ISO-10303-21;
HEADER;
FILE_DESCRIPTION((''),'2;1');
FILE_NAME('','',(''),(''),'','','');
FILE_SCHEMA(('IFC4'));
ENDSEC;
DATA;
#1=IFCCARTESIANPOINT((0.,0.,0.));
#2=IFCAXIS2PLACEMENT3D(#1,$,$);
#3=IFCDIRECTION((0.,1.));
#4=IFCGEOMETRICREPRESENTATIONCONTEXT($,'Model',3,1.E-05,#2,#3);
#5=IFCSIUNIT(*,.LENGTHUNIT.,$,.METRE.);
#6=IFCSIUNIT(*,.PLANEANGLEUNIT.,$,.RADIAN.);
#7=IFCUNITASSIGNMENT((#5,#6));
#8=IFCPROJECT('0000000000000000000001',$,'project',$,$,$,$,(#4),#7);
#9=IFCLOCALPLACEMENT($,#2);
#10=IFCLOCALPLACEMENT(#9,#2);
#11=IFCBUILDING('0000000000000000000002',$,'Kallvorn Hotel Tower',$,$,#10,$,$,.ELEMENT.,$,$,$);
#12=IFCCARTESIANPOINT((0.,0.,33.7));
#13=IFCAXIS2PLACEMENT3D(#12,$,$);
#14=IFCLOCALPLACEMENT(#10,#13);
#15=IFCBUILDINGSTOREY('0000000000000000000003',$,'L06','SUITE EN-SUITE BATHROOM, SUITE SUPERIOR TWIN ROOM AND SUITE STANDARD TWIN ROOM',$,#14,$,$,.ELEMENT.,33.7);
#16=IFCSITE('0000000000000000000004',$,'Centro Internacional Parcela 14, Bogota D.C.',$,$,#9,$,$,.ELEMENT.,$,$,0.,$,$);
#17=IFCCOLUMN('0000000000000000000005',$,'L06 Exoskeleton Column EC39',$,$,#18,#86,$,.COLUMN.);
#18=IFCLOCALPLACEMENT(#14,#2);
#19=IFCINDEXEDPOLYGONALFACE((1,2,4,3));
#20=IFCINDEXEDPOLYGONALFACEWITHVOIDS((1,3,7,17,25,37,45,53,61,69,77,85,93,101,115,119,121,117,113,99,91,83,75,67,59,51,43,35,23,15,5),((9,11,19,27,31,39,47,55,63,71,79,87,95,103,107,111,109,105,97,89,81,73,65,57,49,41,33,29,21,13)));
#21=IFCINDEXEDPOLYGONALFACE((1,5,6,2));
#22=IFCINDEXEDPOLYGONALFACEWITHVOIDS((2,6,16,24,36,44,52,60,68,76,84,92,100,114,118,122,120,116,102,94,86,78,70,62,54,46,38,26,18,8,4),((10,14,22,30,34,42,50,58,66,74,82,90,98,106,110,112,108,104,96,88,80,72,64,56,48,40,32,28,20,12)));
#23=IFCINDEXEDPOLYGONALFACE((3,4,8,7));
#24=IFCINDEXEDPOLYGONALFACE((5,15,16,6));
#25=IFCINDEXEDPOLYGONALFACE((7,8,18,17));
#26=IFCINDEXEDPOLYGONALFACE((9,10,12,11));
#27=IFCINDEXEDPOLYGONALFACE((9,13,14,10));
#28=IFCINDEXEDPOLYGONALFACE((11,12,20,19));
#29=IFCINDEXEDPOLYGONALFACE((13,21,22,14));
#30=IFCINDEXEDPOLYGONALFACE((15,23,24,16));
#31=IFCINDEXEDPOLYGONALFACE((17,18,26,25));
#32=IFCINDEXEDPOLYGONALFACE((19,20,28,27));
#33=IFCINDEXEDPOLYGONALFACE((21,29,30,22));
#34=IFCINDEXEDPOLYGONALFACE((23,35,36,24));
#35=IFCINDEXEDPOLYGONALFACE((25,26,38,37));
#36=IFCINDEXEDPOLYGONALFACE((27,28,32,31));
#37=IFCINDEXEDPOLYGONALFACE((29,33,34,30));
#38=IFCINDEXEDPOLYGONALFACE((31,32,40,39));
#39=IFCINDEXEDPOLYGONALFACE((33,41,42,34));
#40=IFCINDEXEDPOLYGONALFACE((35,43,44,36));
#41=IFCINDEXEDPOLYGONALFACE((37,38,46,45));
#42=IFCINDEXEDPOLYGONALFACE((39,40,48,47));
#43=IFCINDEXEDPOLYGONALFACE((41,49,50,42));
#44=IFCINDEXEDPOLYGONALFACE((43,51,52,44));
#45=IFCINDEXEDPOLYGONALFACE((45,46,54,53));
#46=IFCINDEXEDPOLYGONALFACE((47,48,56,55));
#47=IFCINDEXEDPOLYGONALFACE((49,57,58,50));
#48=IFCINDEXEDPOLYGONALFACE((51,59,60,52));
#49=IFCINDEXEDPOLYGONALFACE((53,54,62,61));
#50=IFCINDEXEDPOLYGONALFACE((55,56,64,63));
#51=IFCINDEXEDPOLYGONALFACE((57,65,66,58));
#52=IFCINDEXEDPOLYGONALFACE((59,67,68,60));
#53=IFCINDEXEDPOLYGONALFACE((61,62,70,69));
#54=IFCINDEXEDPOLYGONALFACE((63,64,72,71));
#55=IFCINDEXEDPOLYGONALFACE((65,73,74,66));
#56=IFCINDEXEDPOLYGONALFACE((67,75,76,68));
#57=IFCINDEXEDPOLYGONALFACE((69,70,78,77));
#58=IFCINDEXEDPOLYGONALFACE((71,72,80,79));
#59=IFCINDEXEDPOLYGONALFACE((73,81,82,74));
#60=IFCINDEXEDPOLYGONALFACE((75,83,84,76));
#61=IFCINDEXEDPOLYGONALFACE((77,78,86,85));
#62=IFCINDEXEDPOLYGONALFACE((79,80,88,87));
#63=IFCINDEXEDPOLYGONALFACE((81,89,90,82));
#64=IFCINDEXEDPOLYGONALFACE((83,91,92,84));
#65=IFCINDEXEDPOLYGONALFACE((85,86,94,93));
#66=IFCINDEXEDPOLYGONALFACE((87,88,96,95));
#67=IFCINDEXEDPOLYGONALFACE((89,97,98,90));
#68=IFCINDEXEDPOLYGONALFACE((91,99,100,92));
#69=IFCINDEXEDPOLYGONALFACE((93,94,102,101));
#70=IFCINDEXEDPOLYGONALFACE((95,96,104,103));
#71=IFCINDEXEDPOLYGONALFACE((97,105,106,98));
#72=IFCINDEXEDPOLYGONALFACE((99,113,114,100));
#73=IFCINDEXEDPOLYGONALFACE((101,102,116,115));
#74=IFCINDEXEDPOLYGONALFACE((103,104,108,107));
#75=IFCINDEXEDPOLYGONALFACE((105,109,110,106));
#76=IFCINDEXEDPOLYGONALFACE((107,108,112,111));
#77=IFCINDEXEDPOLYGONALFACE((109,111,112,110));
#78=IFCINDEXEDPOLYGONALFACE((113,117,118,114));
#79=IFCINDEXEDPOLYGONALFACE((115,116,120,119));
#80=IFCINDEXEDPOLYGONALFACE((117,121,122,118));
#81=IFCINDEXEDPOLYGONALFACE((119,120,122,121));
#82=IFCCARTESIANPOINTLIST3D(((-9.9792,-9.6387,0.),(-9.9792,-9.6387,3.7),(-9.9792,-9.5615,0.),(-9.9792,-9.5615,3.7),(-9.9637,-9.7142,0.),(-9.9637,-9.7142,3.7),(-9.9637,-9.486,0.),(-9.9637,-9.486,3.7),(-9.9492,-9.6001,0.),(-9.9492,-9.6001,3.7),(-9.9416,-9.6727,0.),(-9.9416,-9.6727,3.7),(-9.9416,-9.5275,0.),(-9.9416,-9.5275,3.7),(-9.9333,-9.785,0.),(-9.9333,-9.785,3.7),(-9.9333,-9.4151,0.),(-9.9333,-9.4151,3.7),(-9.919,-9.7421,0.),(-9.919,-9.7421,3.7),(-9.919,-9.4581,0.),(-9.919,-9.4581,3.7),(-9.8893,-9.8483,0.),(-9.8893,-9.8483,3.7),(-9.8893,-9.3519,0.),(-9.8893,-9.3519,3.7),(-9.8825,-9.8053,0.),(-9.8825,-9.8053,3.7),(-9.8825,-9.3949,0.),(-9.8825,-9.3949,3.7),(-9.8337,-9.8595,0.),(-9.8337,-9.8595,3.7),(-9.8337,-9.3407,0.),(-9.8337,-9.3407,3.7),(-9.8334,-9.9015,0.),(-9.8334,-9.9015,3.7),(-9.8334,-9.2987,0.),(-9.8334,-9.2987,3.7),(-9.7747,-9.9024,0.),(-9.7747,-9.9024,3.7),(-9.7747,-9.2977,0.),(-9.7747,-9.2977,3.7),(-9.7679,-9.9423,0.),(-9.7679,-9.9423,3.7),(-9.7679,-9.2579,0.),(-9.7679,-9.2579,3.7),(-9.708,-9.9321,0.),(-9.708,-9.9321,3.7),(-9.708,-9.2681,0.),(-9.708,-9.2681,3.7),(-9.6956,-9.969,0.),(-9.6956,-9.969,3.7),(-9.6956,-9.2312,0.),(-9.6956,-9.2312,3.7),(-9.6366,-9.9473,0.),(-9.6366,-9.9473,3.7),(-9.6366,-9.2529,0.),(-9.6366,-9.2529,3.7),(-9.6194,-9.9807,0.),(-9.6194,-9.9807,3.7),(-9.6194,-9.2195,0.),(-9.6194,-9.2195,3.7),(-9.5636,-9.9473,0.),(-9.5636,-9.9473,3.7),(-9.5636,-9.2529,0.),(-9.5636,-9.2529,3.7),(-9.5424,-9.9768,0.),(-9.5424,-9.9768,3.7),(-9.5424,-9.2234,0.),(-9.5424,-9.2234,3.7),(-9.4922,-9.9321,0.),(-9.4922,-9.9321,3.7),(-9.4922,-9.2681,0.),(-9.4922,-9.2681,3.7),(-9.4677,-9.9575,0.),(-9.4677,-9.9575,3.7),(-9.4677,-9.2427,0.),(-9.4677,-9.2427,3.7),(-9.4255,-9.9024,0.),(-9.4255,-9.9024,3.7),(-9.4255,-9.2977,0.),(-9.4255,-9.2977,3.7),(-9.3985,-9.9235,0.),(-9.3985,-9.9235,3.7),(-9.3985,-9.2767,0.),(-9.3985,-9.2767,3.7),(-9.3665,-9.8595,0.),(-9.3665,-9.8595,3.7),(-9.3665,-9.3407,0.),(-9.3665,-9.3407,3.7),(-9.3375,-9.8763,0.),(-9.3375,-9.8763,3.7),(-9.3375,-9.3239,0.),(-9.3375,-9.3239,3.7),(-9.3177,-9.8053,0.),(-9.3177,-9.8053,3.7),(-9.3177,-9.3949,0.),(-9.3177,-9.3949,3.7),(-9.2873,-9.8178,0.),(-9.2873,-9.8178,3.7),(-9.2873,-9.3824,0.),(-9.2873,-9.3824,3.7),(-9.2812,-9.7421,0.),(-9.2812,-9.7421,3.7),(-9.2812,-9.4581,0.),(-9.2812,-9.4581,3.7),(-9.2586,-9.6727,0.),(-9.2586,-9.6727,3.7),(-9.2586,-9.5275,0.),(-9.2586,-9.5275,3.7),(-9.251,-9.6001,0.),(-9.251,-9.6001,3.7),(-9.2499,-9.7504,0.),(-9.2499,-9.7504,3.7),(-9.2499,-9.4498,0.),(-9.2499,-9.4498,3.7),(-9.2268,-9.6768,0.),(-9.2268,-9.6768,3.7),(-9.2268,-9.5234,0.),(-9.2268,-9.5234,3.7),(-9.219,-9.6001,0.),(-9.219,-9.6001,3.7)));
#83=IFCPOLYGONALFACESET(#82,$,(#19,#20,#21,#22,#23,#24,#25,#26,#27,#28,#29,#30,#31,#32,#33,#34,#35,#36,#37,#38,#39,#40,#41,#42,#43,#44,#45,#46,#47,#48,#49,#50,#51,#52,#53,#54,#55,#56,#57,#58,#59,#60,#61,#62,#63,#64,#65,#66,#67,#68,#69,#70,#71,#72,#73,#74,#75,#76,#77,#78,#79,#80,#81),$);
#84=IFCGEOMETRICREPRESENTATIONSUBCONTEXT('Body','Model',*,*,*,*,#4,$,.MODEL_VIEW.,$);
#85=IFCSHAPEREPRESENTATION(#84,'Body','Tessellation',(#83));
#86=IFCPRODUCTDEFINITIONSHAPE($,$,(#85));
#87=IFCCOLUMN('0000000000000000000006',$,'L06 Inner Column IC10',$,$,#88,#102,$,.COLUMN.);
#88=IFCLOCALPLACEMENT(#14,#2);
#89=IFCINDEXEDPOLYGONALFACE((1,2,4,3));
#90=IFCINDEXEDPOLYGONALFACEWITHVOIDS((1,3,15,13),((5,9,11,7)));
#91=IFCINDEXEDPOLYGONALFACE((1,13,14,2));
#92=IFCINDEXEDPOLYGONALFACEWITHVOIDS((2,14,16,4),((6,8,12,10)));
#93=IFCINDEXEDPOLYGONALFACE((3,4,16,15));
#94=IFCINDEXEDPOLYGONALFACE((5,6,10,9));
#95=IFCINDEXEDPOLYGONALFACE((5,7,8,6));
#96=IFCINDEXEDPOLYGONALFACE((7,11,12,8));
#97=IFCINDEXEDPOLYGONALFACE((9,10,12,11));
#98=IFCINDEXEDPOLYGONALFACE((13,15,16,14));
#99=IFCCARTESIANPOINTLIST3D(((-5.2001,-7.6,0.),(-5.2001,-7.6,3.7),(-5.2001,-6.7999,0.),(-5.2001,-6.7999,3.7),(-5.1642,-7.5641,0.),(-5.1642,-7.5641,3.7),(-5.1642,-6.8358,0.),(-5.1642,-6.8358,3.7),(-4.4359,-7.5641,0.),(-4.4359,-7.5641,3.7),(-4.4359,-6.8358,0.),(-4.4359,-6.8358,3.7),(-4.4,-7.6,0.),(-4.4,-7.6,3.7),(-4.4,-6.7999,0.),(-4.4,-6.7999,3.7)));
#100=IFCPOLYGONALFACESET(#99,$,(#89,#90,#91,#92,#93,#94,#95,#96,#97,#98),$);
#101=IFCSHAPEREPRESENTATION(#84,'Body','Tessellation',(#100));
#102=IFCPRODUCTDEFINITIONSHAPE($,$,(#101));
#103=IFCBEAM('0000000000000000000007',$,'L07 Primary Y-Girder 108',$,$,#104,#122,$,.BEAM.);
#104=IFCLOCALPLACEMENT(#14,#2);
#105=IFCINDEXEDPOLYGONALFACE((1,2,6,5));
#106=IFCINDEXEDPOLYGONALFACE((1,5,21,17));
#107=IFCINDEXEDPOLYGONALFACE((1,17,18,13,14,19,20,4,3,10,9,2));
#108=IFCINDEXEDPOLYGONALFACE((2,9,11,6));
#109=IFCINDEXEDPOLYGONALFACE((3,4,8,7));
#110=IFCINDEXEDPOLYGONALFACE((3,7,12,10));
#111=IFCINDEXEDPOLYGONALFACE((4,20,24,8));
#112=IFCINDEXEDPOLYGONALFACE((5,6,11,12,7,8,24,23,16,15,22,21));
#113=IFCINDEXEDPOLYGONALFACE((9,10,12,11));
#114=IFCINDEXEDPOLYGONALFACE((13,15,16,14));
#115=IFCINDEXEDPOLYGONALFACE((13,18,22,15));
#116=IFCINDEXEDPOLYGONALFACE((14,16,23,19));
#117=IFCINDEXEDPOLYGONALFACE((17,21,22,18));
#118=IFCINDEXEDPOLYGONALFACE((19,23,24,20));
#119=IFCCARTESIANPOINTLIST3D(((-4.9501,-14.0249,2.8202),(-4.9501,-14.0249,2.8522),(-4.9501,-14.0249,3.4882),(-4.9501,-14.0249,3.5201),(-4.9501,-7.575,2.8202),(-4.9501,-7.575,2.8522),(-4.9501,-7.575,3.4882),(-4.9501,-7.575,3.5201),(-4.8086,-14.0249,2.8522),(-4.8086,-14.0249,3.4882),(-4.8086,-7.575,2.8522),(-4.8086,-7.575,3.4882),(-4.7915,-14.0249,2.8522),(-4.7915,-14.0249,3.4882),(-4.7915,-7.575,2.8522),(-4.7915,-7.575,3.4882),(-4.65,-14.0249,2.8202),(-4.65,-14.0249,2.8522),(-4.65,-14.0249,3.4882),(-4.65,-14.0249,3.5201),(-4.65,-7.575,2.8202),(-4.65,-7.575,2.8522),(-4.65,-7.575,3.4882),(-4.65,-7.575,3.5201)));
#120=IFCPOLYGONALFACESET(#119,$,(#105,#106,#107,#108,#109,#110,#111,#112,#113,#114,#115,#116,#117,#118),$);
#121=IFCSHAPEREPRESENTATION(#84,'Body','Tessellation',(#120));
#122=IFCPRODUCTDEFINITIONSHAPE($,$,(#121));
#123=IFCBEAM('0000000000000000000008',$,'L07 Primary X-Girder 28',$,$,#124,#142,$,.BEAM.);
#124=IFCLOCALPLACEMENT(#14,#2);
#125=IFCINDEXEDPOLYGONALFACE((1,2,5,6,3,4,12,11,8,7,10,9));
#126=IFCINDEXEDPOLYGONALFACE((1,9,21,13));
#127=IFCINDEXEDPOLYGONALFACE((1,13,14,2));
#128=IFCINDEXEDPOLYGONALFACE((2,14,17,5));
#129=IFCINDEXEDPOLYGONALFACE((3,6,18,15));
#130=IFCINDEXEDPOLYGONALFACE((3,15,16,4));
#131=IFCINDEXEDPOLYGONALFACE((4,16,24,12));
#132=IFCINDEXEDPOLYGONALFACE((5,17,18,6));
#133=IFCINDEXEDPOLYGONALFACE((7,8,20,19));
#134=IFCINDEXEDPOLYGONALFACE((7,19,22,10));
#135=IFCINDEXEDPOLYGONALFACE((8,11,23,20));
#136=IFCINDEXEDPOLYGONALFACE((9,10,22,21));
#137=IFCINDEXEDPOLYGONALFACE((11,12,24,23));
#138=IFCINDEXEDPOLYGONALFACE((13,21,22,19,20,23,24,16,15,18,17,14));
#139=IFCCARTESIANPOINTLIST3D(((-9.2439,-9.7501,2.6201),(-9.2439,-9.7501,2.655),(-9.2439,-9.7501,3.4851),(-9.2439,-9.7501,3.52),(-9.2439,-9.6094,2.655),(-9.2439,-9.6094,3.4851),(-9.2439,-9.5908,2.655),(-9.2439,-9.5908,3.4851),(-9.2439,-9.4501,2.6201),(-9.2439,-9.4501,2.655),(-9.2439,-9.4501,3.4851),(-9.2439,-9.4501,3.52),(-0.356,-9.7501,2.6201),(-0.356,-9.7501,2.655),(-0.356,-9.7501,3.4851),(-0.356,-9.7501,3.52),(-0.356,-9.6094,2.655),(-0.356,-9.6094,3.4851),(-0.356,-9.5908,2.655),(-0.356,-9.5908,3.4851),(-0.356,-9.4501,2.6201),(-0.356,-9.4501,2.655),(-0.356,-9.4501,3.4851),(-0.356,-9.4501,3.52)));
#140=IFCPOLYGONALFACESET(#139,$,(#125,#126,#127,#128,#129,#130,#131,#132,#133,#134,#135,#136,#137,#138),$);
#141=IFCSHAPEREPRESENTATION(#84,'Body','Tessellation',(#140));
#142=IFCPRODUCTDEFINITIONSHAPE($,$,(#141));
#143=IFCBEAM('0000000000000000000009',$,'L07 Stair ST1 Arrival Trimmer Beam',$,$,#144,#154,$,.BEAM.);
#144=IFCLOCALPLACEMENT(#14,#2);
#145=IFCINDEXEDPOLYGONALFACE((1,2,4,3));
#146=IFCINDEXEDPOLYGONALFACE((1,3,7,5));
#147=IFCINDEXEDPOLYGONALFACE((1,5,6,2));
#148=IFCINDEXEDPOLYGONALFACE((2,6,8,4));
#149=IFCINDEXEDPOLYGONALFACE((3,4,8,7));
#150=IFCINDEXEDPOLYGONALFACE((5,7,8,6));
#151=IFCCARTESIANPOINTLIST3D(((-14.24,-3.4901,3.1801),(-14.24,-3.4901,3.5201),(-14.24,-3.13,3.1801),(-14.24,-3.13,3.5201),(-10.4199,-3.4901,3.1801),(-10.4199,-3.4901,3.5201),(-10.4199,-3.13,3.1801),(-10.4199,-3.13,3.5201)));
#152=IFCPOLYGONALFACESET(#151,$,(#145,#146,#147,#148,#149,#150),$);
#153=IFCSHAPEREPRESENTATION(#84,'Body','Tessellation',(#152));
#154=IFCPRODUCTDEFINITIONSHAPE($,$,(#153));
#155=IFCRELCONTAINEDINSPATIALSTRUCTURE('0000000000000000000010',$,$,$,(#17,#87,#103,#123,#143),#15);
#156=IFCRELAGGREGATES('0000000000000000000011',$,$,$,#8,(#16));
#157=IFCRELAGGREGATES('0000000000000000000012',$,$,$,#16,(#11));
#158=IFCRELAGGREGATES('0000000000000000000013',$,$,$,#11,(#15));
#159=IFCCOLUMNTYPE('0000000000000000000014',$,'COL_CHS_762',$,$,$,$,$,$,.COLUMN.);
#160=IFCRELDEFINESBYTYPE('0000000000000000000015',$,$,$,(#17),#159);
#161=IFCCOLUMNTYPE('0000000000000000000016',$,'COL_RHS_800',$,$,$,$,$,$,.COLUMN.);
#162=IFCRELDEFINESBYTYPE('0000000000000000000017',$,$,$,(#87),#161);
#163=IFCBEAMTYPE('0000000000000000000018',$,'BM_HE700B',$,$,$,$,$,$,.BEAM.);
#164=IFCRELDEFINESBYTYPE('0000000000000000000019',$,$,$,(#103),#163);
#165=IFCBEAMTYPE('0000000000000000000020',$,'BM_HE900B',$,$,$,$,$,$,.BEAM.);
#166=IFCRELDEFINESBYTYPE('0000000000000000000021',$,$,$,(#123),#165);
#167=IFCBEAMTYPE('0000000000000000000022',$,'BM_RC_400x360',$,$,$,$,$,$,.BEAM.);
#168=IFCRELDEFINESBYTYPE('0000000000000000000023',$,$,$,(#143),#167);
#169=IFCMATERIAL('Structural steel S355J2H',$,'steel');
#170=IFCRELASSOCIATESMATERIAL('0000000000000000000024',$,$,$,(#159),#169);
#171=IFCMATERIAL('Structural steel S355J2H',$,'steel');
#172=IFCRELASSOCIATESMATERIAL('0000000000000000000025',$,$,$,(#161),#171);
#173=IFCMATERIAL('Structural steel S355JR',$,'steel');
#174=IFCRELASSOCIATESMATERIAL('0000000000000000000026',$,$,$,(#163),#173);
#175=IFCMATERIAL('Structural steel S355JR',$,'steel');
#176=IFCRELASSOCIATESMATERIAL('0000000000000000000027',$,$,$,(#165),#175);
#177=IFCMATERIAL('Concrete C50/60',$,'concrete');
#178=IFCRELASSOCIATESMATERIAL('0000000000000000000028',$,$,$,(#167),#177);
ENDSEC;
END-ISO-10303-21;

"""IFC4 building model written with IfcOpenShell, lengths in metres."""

from ifc_helpers import new_model, si_unit, direction, frame, origin, origin_2d, place, context, subcontext, project, spatial, rectangle, hollow_rectangle, hollow_circle, i_section, extrude, material, material_profile, profile_set, type_object, element, save


model = new_model("IFC4")

# Units and contexts
model_context = context("Model", 3, precision=1e-05, world=origin(), true_north=direction((0.0, 1.0)))
body_context = subcontext(model_context, "Body", "Model", "MODEL_VIEW")
ifc_project = project(units=[si_unit("LENGTHUNIT", "METRE"), si_unit("PLANEANGLEUNIT", "RADIAN")], contexts=[model_context])

# Site, building, storey
site_placement = place(None, origin())
site = spatial("IfcSite", under=ifc_project, at=site_placement, Name="Centro Internacional Parcela 14, Bogota D.C.", CompositionType="ELEMENT", RefElevation=0.0)
building_placement = place(site_placement, origin())
building = spatial("IfcBuilding", under=site, at=building_placement, Name="Kallvorn Hotel Tower", CompositionType="ELEMENT")
storey_placement = place(building_placement, frame((0.0, 0.0, 33.7)))
storey = spatial("IfcBuildingStorey", under=building, at=storey_placement, Name="L06", Description="SUITE EN-SUITE BATHROOM, SUITE SUPERIOR TWIN ROOM AND SUITE STANDARD TWIN ROOM", CompositionType="ELEMENT", Elevation=33.7)

# Columns
ifc_material_1 = material(Name="Structural steel S355J2H", Category="steel")
ifc_material_profile_1 = material_profile(ifc_material_1, hollow_circle(Radius=0.3811, WallThickness=0.032, at=origin_2d()), Name="CHS 762x32")
ifc_profile_set_1 = profile_set([ifc_material_profile_1], Name="Structural steel S355J2H")
column_type_1 = type_object("IfcColumnType", Name="COL_CHS_762", PredefinedType="COLUMN", material=ifc_profile_set_1)
column_1_placement = place(storey_placement, frame((-9.6001, -9.6001, 0.0), z_axis=(0.0, 0.0, 1.0), x_axis=(1.0, 0.0, 0.0)))
element("IfcColumn", 1, at=column_1_placement, inside=storey, type_object=column_type_1, Name="L06 Exoskeleton Column EC39", PredefinedType="COLUMN", context=body_context, shape_type="SweptSolid", body=[
    extrude(hollow_circle(Radius=0.3811, WallThickness=0.032, at=origin_2d()), origin(), (0.0, 0.0, 1.0), 3.7),
])
ifc_material_2 = material(Name="Structural steel S355J2H", Category="steel")
ifc_material_profile_2 = material_profile(ifc_material_2, hollow_rectangle(XDim=0.8, YDim=0.8, WallThickness=0.0359, at=origin_2d()), Name="RHS 800x800x36")
ifc_profile_set_2 = profile_set([ifc_material_profile_2], Name="Structural steel S355J2H")
column_type_2 = type_object("IfcColumnType", Name="COL_RHS_800", PredefinedType="COLUMN", material=ifc_profile_set_2)
column_2_placement = place(storey_placement, frame((-4.8, -7.2, 0.0), z_axis=(0.0, 0.0, 1.0), x_axis=(1.0, 0.0, 0.0)))
element("IfcColumn", 2, at=column_2_placement, inside=storey, type_object=column_type_2, Name="L06 Inner Column IC10", PredefinedType="COLUMN", context=body_context, shape_type="SweptSolid", body=[
    extrude(hollow_rectangle(XDim=0.8, YDim=0.8, WallThickness=0.0359, at=origin_2d()), origin(), (0.0, 0.0, 1.0), 3.7),
])

# Beams
ifc_material_3 = material(Name="Structural steel S355JR", Category="steel")
ifc_material_profile_3 = material_profile(ifc_material_3, i_section(OverallWidth=0.3, OverallDepth=0.7, WebThickness=0.0171, FlangeThickness=0.032, at=origin_2d()), Name="HE 700 B")
ifc_profile_set_3 = profile_set([ifc_material_profile_3], Name="Structural steel S355JR")
beam_type_1 = type_object("IfcBeamType", Name="BM_HE700B", PredefinedType="BEAM", material=ifc_profile_set_3)
beam_1_placement = place(storey_placement, frame((-4.8, -14.0249, 3.1702), z_axis=(0.0, 1.0, 0.0), x_axis=(-1.0, 0.0, 0.0)))
element("IfcBeam", 3, at=beam_1_placement, inside=storey, type_object=beam_type_1, Name="L07 Primary Y-Girder 108", PredefinedType="BEAM", context=body_context, shape_type="SweptSolid", body=[
    extrude(i_section(OverallWidth=0.3, OverallDepth=0.7, WebThickness=0.0171, FlangeThickness=0.032, at=origin_2d()), origin(), (0.0, 0.0, 1.0), 6.45),
])
ifc_material_4 = material(Name="Structural steel S355JR", Category="steel")
ifc_material_profile_4 = material_profile(ifc_material_4, i_section(OverallWidth=0.3, OverallDepth=0.8999, WebThickness=0.0186, FlangeThickness=0.0349, at=origin_2d()), Name="HE 900 B")
ifc_profile_set_4 = profile_set([ifc_material_profile_4], Name="Structural steel S355JR")
beam_type_2 = type_object("IfcBeamType", Name="BM_HE900B", PredefinedType="BEAM", material=ifc_profile_set_4)
beam_2_placement = place(storey_placement, frame((-9.2439, -9.6001, 3.0701), z_axis=(1.0, 0.0, 0.0), x_axis=(0.0, 1.0, 0.0)))
element("IfcBeam", 4, at=beam_2_placement, inside=storey, type_object=beam_type_2, Name="L07 Primary X-Girder 28", PredefinedType="BEAM", context=body_context, shape_type="SweptSolid", body=[
    extrude(i_section(OverallWidth=0.3, OverallDepth=0.8999, WebThickness=0.0186, FlangeThickness=0.0349, at=origin_2d()), origin(), (0.0, 0.0, 1.0), 8.8879),
])
ifc_material_5 = material(Name="Concrete C50/60", Category="concrete")
ifc_material_profile_5 = material_profile(ifc_material_5, rectangle(XDim=0.3601, YDim=0.3401, at=origin_2d()), Name="RC 360x340")
ifc_profile_set_5 = profile_set([ifc_material_profile_5], Name="Concrete C50/60")
beam_type_3 = type_object("IfcBeamType", Name="BM_RC_400x360", PredefinedType="BEAM", material=ifc_profile_set_5)
beam_3_placement = place(storey_placement, frame((-10.4199, -3.3101, 3.3501), z_axis=(-1.0, 0.0, 0.0), x_axis=(0.0, -1.0, 0.0)))
element("IfcBeam", 5, at=beam_3_placement, inside=storey, type_object=beam_type_3, Name="L07 Stair ST1 Arrival Trimmer Beam", PredefinedType="BEAM", context=body_context, shape_type="SweptSolid", body=[
    extrude(rectangle(XDim=0.3601, YDim=0.3401, at=origin_2d()), origin(), (0.0, 0.0, 1.0), 3.8201),
])

save(model, "model.ifc")
